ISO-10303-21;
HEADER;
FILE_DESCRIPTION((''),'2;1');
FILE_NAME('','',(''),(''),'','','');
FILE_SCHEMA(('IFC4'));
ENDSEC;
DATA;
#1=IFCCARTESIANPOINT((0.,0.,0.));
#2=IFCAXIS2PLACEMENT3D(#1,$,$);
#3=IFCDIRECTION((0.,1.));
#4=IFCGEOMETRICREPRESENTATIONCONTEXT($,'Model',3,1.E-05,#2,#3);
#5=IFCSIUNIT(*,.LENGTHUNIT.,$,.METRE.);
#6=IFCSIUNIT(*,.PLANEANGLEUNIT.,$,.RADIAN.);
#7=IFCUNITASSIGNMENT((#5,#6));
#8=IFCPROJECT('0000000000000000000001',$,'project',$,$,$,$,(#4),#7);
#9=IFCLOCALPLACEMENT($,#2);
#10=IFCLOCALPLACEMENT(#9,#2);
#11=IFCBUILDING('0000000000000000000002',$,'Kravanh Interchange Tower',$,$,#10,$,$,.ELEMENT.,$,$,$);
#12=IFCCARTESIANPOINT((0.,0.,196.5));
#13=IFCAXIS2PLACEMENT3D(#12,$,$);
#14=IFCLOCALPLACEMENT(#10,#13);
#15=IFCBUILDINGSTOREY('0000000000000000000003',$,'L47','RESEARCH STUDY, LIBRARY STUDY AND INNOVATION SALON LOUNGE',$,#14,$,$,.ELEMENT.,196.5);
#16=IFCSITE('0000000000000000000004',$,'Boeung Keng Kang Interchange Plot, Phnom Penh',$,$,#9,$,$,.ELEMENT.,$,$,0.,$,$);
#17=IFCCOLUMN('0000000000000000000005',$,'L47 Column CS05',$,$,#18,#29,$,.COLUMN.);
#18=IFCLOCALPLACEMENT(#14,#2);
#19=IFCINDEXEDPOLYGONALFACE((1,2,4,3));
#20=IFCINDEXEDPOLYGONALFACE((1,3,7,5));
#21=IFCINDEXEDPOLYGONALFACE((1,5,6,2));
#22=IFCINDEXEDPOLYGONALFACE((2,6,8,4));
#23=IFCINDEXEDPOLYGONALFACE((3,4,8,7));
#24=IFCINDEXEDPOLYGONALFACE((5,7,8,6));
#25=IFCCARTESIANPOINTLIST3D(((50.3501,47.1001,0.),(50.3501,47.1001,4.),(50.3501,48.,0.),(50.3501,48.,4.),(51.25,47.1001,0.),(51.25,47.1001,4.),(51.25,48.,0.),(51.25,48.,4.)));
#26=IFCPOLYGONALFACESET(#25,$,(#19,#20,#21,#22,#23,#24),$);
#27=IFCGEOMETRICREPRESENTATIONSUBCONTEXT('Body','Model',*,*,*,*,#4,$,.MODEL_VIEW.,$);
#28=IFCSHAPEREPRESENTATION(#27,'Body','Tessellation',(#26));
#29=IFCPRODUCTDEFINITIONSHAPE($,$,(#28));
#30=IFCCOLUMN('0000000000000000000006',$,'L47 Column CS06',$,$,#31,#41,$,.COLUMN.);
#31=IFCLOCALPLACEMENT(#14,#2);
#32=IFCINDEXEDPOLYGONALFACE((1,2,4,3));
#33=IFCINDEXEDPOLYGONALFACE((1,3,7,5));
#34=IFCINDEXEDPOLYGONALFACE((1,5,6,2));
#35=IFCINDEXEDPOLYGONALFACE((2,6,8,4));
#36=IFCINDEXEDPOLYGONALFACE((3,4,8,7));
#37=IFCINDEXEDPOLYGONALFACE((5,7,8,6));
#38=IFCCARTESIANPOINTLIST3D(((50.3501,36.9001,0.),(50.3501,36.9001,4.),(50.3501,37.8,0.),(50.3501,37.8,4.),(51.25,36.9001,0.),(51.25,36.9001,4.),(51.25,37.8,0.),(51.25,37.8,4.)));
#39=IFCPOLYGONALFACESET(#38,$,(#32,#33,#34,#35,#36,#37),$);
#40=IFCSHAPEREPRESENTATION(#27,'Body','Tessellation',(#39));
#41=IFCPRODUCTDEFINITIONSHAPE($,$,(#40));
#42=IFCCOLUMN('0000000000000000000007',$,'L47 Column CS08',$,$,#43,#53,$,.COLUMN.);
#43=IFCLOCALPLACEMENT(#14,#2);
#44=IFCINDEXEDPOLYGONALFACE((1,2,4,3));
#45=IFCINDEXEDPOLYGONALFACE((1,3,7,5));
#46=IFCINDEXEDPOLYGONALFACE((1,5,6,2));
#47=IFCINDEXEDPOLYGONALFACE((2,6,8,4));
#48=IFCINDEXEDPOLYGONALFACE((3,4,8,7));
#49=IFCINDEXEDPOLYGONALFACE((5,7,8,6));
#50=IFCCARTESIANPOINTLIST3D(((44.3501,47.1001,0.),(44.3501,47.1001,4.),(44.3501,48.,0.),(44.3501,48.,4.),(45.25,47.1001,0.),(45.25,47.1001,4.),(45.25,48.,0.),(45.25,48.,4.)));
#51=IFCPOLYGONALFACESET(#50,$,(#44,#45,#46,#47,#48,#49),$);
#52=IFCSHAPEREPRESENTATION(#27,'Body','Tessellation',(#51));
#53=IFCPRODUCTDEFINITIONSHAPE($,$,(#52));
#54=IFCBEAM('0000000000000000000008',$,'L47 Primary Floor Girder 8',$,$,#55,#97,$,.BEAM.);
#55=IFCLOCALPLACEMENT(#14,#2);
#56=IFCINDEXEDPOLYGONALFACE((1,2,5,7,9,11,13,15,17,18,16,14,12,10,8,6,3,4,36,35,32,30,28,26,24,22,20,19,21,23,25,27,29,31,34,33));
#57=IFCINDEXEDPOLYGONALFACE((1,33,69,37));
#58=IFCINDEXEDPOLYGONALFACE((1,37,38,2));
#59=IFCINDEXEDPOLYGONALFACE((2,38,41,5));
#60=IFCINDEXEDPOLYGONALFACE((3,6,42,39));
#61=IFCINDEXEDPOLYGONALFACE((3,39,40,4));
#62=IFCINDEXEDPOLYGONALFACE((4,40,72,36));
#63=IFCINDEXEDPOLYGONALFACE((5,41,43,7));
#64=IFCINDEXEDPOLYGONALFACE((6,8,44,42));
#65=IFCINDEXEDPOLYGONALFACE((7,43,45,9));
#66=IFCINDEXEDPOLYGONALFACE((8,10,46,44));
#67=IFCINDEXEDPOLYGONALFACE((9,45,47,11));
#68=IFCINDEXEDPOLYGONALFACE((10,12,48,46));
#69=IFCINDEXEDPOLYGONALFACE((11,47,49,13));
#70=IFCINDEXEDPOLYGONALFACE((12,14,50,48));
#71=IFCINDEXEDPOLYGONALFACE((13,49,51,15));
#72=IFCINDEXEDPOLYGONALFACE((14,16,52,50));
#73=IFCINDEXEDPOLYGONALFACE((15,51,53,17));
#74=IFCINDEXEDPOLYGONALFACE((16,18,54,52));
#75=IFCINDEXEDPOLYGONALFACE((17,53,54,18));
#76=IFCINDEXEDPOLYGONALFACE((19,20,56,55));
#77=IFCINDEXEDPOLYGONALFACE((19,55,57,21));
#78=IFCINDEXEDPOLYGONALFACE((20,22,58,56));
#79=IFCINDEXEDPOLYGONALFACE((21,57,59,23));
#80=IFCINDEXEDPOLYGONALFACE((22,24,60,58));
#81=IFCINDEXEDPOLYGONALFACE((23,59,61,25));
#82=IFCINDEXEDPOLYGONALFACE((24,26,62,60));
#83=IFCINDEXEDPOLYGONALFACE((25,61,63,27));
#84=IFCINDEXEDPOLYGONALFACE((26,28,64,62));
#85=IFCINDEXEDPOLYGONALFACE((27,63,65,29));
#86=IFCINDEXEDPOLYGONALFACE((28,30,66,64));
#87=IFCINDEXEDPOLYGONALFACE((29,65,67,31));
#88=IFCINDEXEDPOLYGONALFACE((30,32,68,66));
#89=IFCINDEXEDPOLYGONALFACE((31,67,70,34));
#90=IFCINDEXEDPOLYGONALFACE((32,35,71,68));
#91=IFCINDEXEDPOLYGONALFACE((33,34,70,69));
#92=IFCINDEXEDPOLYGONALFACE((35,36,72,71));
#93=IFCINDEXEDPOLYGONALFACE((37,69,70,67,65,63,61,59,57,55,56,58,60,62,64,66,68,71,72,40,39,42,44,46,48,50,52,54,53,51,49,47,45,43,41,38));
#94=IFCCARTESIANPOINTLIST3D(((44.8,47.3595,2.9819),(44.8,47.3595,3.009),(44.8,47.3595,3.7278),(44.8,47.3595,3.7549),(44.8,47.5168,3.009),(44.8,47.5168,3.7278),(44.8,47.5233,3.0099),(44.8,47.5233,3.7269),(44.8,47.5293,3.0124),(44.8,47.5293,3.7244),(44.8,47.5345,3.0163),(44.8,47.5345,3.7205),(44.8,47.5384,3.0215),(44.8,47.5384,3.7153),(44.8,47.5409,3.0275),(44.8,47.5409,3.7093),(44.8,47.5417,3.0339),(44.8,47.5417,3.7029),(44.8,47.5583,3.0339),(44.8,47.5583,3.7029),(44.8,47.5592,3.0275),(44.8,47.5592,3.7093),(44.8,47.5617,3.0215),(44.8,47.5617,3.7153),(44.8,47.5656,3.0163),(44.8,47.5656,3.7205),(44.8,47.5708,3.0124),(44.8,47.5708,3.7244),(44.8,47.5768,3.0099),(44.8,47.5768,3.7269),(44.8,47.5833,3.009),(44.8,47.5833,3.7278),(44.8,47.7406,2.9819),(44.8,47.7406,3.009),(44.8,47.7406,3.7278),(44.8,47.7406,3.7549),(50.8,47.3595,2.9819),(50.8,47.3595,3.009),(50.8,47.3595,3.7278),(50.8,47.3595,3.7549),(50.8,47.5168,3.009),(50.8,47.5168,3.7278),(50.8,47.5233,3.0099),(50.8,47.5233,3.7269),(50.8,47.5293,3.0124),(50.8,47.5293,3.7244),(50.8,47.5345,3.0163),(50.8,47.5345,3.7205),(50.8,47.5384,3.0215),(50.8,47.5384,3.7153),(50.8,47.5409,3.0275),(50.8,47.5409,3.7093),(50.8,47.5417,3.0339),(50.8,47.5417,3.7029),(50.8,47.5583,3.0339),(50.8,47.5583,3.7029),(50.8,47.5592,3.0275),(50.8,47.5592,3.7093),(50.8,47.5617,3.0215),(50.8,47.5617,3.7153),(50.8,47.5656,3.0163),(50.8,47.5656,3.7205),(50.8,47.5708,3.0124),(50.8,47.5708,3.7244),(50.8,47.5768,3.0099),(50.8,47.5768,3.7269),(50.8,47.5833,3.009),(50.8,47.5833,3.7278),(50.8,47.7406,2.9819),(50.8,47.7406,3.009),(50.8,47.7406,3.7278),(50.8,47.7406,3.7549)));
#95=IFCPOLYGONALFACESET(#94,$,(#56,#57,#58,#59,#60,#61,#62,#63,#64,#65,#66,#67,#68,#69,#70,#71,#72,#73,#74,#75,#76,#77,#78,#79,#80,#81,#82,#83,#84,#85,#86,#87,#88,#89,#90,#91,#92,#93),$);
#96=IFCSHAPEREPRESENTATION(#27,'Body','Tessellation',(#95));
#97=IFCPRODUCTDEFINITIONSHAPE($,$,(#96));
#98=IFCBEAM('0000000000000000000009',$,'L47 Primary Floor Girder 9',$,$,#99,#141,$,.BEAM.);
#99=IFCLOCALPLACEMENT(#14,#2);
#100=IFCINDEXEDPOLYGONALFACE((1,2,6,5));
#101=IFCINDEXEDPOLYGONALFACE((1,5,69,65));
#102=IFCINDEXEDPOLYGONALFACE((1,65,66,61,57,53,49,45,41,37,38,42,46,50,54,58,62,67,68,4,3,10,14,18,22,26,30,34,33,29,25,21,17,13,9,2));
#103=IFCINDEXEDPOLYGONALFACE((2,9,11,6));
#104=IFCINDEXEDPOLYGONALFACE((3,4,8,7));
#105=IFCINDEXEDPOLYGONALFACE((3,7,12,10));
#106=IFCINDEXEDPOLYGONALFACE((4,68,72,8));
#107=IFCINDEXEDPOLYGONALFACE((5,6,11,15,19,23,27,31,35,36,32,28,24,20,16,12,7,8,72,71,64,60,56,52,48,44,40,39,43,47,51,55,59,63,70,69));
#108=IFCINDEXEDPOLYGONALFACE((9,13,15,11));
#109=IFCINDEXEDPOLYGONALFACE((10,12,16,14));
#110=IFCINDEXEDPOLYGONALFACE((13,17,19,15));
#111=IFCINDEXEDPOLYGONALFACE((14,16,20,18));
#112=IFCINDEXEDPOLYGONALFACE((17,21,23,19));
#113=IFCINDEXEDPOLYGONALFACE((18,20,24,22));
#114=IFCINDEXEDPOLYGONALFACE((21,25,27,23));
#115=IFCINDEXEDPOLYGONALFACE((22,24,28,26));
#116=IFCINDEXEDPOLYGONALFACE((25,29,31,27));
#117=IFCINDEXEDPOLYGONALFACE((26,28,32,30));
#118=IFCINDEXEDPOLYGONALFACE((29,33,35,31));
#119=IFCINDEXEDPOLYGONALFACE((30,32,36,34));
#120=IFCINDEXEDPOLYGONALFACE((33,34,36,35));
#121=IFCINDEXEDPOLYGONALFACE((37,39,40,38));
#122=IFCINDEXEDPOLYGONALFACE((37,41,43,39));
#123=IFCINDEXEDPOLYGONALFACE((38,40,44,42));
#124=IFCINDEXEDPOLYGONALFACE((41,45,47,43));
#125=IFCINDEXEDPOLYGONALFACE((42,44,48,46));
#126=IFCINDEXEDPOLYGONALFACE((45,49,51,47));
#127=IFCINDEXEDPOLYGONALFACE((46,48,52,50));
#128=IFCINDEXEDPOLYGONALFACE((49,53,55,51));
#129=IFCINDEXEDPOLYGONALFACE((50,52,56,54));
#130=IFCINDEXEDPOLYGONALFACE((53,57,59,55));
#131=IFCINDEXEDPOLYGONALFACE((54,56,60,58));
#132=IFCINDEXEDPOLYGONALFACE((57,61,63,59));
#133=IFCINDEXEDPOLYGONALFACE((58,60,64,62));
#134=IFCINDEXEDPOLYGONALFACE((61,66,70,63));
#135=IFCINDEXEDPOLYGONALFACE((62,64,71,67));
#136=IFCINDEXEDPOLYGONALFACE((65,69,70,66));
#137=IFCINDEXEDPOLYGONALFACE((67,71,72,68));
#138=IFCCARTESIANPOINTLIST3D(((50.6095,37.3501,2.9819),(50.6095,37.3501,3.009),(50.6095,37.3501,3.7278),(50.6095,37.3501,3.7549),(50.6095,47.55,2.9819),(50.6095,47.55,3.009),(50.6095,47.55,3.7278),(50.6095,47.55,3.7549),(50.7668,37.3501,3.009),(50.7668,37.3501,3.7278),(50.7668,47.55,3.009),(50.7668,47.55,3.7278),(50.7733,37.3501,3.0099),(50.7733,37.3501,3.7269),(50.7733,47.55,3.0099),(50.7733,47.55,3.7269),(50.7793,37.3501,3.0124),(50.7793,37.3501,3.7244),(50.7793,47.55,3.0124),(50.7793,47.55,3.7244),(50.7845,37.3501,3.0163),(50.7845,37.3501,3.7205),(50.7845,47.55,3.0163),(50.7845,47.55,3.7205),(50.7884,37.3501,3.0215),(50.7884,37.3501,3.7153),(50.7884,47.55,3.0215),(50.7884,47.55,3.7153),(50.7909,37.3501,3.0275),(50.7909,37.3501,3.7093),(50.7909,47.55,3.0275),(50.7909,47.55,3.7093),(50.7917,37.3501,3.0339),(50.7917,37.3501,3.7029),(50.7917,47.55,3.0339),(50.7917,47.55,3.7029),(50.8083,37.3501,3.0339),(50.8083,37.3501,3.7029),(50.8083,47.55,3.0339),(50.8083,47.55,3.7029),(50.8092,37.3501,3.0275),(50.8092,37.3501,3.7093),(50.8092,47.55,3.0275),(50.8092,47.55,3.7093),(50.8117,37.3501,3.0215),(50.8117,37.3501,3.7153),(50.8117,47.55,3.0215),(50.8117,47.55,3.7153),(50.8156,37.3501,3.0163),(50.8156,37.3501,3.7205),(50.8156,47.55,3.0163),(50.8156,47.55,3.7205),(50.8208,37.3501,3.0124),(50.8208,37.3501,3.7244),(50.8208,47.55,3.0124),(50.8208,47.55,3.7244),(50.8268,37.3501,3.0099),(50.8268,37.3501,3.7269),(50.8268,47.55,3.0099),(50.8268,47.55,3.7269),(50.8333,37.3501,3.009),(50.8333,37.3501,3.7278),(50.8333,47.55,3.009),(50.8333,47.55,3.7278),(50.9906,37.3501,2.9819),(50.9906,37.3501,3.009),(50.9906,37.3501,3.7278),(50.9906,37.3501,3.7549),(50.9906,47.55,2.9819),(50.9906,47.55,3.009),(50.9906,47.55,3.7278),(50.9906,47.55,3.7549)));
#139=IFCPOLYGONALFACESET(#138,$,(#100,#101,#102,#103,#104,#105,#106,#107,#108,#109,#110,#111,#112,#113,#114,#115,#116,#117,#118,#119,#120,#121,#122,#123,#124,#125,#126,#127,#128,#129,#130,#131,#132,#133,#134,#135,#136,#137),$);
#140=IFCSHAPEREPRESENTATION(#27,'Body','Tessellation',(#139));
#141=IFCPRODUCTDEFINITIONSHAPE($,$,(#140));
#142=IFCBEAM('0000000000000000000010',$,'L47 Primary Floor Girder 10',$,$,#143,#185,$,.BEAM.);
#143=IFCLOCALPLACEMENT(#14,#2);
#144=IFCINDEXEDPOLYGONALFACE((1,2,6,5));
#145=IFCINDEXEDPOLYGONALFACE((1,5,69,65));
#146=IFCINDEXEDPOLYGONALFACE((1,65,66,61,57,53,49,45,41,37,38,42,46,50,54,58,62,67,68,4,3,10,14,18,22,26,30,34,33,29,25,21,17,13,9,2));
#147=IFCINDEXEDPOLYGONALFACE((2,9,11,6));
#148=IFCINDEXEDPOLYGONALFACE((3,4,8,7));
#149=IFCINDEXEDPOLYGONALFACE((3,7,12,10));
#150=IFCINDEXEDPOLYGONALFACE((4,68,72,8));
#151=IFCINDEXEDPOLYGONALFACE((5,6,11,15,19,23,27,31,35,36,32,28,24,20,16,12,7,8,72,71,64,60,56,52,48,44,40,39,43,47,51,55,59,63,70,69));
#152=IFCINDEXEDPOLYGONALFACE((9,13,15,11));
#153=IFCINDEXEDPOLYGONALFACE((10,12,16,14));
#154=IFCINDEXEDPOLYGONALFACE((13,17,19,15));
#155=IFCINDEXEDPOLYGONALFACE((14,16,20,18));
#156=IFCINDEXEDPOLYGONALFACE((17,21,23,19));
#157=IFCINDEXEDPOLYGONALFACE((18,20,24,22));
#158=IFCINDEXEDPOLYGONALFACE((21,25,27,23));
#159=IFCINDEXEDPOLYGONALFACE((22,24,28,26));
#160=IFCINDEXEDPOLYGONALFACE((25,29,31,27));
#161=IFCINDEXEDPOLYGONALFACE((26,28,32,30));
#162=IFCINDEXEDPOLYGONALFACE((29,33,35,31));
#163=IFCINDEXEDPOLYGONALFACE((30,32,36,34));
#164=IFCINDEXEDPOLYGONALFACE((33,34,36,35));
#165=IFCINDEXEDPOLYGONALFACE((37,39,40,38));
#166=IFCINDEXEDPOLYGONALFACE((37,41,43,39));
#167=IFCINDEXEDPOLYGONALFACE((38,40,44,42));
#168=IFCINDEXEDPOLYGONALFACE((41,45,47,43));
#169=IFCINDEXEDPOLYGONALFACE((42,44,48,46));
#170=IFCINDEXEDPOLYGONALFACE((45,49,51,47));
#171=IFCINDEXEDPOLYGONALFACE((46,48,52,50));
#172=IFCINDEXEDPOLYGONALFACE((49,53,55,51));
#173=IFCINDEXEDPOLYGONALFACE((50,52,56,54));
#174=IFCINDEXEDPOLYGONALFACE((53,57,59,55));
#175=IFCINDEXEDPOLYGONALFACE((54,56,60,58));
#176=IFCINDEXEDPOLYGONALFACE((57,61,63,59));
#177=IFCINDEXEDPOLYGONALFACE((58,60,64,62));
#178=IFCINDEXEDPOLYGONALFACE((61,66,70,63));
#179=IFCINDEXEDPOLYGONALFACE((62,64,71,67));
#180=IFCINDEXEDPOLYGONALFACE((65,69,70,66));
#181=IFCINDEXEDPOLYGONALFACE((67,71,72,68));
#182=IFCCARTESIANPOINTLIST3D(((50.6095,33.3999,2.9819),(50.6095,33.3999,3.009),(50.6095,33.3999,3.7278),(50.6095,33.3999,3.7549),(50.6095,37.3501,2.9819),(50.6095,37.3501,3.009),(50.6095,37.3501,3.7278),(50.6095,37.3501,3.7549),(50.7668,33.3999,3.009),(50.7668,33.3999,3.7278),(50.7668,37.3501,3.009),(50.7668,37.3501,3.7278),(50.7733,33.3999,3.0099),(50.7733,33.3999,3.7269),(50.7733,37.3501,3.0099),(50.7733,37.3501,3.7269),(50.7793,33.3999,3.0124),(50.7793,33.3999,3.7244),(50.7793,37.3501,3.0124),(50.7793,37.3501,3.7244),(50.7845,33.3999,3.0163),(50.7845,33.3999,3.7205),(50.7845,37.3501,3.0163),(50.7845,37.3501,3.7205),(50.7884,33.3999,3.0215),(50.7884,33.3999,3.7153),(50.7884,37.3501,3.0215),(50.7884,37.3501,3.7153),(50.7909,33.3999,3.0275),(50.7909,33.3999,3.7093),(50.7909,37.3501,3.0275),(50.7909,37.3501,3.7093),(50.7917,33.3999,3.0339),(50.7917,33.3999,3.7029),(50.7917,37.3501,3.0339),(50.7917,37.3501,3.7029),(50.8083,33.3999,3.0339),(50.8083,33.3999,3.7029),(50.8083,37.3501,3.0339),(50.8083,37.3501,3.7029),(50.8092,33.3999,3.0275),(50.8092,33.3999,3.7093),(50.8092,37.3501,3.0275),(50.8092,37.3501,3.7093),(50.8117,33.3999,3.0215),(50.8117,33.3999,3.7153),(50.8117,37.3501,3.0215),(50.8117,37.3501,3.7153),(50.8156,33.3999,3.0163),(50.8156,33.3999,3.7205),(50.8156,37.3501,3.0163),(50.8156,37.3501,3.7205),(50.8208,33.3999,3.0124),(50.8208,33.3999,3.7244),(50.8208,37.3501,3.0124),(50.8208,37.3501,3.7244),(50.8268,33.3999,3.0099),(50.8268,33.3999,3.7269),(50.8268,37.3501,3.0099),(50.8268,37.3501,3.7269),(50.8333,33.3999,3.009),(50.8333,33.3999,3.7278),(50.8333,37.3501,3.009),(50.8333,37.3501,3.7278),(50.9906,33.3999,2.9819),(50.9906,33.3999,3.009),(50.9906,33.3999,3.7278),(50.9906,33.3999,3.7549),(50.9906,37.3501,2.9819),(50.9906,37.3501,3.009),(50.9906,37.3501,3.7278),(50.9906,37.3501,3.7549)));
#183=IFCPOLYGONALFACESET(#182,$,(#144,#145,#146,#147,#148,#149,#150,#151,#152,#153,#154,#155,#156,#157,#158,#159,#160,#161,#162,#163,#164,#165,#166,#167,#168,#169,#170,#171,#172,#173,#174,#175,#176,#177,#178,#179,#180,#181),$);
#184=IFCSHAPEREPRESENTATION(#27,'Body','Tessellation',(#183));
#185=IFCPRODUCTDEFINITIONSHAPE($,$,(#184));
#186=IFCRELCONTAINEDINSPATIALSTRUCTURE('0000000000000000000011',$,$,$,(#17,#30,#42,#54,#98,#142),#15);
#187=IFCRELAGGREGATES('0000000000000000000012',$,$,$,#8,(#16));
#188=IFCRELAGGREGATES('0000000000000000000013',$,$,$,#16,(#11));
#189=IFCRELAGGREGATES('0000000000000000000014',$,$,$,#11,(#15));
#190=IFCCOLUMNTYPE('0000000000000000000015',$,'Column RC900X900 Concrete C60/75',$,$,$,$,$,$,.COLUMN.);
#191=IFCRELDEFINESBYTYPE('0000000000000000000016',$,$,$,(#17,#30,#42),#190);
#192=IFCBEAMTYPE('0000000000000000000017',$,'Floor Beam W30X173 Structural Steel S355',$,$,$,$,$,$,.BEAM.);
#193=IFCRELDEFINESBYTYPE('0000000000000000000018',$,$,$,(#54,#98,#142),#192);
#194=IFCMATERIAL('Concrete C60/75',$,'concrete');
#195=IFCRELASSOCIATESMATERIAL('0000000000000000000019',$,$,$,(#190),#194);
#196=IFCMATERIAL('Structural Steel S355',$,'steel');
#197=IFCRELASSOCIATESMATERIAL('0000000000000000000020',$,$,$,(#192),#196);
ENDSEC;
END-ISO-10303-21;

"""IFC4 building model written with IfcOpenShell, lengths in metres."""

from ifc_helpers import new_model, si_unit, direction, frame, origin, origin_2d, place, context, subcontext, project, spatial, rectangle, i_section, extrude, material, material_profile, profile_set, type_object, element, save


model = new_model("IFC4")

# Units and contexts
model_context = context("Model", 3, precision=1e-05, world=origin(), true_north=direction((0.0, 1.0)))
body_context = subcontext(model_context, "Body", "Model", "MODEL_VIEW")
ifc_project = project(units=[si_unit("LENGTHUNIT", "METRE"), si_unit("PLANEANGLEUNIT", "RADIAN")], contexts=[model_context])

# Site, building, storey
site_placement = place(None, origin())
site = spatial("IfcSite", under=ifc_project, at=site_placement, Name="Boeung Keng Kang Interchange Plot, Phnom Penh", CompositionType="ELEMENT", RefElevation=0.0)
building_placement = place(site_placement, origin())
building = spatial("IfcBuilding", under=site, at=building_placement, Name="Kravanh Interchange Tower", CompositionType="ELEMENT")
storey_placement = place(building_placement, frame((0.0, 0.0, 196.5)))
storey = spatial("IfcBuildingStorey", under=building, at=storey_placement, Name="L47", Description="RESEARCH STUDY, LIBRARY STUDY AND INNOVATION SALON LOUNGE", CompositionType="ELEMENT", Elevation=196.5)

# Columns
ifc_material_1 = material(Name="Concrete C60/75", Category="concrete")
ifc_material_profile_1 = material_profile(ifc_material_1, rectangle(XDim=0.8999, YDim=0.8999, at=origin_2d()), Name="RC900X900")
ifc_profile_set_1 = profile_set([ifc_material_profile_1], Name="Concrete C60/75")
column_type = type_object("IfcColumnType", Name="Column RC900X900 Concrete C60/75", PredefinedType="COLUMN", material=ifc_profile_set_1)
for number, where, z_axis, x_axis, name in (
    (1, (50.8, 47.55, 0.0), (0.0, 0.0, 1.0), (1.0, 0.0, 0.0), "L47 Column CS05"),
    (2, (50.8, 37.3501, 0.0), (0.0, 0.0, 1.0), (1.0, 0.0, 0.0), "L47 Column CS06"),
    (3, (44.8, 47.55, 0.0), (0.0, 0.0, 1.0), (1.0, 0.0, 0.0), "L47 Column CS08"),
):
    element("IfcColumn", number, at=place(storey_placement, frame(where, z_axis=z_axis, x_axis=x_axis)), inside=storey, type_object=column_type, Name=name, PredefinedType="COLUMN", context=body_context, shape_type="SweptSolid", body=[
        extrude(rectangle(XDim=0.8999, YDim=0.8999, at=origin_2d()), origin(), (0.0, 0.0, 1.0), 4.0),
    ])

# Beams
ifc_material_2 = material(Name="Structural Steel S355", Category="steel")
ifc_material_profile_2 = material_profile(ifc_material_2, i_section(OverallWidth=0.3811, OverallDepth=0.7729, WebThickness=0.0166, FlangeThickness=0.0271, FilletRadius=0.0249, at=origin_2d()), Name="W30X173")
ifc_profile_set_2 = profile_set([ifc_material_profile_2], Name="Structural Steel S355")
beam_type_1 = type_object("IfcBeamType", Name="Floor Beam W30X173 Structural Steel S355", PredefinedType="BEAM", material=ifc_profile_set_2)
beam_1_placement = place(storey_placement, frame((50.8, 47.55, 3.3684), z_axis=(-1.0, 0.0, 0.0), x_axis=(0.0, -1.0, 0.0)))
element("IfcBeam", 4, at=beam_1_placement, inside=storey, type_object=beam_type_1, Name="L47 Primary Floor Girder 8", PredefinedType="BEAM", context=body_context, shape_type="SweptSolid", body=[
    extrude(i_section(OverallWidth=0.3811, OverallDepth=0.7729, WebThickness=0.0166, FlangeThickness=0.0271, FilletRadius=0.0249, at=origin_2d()), origin(), (0.0, 0.0, 1.0), 6.0),
])
beam_2_placement = place(storey_placement, frame((50.8, 47.55, 3.3684), z_axis=(0.0, -1.0, 0.0), x_axis=(1.0, 0.0, 0.0)))
element("IfcBeam", 5, at=beam_2_placement, inside=storey, type_object=beam_type_1, Name="L47 Primary Floor Girder 9", PredefinedType="BEAM", context=body_context, shape_type="SweptSolid", body=[
    extrude(i_section(OverallWidth=0.3811, OverallDepth=0.7729, WebThickness=0.0166, FlangeThickness=0.0271, FilletRadius=0.0249, at=origin_2d()), origin(), (0.0, 0.0, 1.0), 10.2),
])
beam_3_placement = place(storey_placement, frame((50.8, 37.3501, 3.3684), z_axis=(0.0, -1.0, 0.0), x_axis=(1.0, 0.0, 0.0)))
element("IfcBeam", 6, at=beam_3_placement, inside=storey, type_object=beam_type_1, Name="L47 Primary Floor Girder 10", PredefinedType="BEAM", context=body_context, shape_type="SweptSolid", body=[
    extrude(i_section(OverallWidth=0.3811, OverallDepth=0.7729, WebThickness=0.0166, FlangeThickness=0.0271, FilletRadius=0.0249, at=origin_2d()), origin(), (0.0, 0.0, 1.0), 3.9502),
])

save(model, "model.ifc")
